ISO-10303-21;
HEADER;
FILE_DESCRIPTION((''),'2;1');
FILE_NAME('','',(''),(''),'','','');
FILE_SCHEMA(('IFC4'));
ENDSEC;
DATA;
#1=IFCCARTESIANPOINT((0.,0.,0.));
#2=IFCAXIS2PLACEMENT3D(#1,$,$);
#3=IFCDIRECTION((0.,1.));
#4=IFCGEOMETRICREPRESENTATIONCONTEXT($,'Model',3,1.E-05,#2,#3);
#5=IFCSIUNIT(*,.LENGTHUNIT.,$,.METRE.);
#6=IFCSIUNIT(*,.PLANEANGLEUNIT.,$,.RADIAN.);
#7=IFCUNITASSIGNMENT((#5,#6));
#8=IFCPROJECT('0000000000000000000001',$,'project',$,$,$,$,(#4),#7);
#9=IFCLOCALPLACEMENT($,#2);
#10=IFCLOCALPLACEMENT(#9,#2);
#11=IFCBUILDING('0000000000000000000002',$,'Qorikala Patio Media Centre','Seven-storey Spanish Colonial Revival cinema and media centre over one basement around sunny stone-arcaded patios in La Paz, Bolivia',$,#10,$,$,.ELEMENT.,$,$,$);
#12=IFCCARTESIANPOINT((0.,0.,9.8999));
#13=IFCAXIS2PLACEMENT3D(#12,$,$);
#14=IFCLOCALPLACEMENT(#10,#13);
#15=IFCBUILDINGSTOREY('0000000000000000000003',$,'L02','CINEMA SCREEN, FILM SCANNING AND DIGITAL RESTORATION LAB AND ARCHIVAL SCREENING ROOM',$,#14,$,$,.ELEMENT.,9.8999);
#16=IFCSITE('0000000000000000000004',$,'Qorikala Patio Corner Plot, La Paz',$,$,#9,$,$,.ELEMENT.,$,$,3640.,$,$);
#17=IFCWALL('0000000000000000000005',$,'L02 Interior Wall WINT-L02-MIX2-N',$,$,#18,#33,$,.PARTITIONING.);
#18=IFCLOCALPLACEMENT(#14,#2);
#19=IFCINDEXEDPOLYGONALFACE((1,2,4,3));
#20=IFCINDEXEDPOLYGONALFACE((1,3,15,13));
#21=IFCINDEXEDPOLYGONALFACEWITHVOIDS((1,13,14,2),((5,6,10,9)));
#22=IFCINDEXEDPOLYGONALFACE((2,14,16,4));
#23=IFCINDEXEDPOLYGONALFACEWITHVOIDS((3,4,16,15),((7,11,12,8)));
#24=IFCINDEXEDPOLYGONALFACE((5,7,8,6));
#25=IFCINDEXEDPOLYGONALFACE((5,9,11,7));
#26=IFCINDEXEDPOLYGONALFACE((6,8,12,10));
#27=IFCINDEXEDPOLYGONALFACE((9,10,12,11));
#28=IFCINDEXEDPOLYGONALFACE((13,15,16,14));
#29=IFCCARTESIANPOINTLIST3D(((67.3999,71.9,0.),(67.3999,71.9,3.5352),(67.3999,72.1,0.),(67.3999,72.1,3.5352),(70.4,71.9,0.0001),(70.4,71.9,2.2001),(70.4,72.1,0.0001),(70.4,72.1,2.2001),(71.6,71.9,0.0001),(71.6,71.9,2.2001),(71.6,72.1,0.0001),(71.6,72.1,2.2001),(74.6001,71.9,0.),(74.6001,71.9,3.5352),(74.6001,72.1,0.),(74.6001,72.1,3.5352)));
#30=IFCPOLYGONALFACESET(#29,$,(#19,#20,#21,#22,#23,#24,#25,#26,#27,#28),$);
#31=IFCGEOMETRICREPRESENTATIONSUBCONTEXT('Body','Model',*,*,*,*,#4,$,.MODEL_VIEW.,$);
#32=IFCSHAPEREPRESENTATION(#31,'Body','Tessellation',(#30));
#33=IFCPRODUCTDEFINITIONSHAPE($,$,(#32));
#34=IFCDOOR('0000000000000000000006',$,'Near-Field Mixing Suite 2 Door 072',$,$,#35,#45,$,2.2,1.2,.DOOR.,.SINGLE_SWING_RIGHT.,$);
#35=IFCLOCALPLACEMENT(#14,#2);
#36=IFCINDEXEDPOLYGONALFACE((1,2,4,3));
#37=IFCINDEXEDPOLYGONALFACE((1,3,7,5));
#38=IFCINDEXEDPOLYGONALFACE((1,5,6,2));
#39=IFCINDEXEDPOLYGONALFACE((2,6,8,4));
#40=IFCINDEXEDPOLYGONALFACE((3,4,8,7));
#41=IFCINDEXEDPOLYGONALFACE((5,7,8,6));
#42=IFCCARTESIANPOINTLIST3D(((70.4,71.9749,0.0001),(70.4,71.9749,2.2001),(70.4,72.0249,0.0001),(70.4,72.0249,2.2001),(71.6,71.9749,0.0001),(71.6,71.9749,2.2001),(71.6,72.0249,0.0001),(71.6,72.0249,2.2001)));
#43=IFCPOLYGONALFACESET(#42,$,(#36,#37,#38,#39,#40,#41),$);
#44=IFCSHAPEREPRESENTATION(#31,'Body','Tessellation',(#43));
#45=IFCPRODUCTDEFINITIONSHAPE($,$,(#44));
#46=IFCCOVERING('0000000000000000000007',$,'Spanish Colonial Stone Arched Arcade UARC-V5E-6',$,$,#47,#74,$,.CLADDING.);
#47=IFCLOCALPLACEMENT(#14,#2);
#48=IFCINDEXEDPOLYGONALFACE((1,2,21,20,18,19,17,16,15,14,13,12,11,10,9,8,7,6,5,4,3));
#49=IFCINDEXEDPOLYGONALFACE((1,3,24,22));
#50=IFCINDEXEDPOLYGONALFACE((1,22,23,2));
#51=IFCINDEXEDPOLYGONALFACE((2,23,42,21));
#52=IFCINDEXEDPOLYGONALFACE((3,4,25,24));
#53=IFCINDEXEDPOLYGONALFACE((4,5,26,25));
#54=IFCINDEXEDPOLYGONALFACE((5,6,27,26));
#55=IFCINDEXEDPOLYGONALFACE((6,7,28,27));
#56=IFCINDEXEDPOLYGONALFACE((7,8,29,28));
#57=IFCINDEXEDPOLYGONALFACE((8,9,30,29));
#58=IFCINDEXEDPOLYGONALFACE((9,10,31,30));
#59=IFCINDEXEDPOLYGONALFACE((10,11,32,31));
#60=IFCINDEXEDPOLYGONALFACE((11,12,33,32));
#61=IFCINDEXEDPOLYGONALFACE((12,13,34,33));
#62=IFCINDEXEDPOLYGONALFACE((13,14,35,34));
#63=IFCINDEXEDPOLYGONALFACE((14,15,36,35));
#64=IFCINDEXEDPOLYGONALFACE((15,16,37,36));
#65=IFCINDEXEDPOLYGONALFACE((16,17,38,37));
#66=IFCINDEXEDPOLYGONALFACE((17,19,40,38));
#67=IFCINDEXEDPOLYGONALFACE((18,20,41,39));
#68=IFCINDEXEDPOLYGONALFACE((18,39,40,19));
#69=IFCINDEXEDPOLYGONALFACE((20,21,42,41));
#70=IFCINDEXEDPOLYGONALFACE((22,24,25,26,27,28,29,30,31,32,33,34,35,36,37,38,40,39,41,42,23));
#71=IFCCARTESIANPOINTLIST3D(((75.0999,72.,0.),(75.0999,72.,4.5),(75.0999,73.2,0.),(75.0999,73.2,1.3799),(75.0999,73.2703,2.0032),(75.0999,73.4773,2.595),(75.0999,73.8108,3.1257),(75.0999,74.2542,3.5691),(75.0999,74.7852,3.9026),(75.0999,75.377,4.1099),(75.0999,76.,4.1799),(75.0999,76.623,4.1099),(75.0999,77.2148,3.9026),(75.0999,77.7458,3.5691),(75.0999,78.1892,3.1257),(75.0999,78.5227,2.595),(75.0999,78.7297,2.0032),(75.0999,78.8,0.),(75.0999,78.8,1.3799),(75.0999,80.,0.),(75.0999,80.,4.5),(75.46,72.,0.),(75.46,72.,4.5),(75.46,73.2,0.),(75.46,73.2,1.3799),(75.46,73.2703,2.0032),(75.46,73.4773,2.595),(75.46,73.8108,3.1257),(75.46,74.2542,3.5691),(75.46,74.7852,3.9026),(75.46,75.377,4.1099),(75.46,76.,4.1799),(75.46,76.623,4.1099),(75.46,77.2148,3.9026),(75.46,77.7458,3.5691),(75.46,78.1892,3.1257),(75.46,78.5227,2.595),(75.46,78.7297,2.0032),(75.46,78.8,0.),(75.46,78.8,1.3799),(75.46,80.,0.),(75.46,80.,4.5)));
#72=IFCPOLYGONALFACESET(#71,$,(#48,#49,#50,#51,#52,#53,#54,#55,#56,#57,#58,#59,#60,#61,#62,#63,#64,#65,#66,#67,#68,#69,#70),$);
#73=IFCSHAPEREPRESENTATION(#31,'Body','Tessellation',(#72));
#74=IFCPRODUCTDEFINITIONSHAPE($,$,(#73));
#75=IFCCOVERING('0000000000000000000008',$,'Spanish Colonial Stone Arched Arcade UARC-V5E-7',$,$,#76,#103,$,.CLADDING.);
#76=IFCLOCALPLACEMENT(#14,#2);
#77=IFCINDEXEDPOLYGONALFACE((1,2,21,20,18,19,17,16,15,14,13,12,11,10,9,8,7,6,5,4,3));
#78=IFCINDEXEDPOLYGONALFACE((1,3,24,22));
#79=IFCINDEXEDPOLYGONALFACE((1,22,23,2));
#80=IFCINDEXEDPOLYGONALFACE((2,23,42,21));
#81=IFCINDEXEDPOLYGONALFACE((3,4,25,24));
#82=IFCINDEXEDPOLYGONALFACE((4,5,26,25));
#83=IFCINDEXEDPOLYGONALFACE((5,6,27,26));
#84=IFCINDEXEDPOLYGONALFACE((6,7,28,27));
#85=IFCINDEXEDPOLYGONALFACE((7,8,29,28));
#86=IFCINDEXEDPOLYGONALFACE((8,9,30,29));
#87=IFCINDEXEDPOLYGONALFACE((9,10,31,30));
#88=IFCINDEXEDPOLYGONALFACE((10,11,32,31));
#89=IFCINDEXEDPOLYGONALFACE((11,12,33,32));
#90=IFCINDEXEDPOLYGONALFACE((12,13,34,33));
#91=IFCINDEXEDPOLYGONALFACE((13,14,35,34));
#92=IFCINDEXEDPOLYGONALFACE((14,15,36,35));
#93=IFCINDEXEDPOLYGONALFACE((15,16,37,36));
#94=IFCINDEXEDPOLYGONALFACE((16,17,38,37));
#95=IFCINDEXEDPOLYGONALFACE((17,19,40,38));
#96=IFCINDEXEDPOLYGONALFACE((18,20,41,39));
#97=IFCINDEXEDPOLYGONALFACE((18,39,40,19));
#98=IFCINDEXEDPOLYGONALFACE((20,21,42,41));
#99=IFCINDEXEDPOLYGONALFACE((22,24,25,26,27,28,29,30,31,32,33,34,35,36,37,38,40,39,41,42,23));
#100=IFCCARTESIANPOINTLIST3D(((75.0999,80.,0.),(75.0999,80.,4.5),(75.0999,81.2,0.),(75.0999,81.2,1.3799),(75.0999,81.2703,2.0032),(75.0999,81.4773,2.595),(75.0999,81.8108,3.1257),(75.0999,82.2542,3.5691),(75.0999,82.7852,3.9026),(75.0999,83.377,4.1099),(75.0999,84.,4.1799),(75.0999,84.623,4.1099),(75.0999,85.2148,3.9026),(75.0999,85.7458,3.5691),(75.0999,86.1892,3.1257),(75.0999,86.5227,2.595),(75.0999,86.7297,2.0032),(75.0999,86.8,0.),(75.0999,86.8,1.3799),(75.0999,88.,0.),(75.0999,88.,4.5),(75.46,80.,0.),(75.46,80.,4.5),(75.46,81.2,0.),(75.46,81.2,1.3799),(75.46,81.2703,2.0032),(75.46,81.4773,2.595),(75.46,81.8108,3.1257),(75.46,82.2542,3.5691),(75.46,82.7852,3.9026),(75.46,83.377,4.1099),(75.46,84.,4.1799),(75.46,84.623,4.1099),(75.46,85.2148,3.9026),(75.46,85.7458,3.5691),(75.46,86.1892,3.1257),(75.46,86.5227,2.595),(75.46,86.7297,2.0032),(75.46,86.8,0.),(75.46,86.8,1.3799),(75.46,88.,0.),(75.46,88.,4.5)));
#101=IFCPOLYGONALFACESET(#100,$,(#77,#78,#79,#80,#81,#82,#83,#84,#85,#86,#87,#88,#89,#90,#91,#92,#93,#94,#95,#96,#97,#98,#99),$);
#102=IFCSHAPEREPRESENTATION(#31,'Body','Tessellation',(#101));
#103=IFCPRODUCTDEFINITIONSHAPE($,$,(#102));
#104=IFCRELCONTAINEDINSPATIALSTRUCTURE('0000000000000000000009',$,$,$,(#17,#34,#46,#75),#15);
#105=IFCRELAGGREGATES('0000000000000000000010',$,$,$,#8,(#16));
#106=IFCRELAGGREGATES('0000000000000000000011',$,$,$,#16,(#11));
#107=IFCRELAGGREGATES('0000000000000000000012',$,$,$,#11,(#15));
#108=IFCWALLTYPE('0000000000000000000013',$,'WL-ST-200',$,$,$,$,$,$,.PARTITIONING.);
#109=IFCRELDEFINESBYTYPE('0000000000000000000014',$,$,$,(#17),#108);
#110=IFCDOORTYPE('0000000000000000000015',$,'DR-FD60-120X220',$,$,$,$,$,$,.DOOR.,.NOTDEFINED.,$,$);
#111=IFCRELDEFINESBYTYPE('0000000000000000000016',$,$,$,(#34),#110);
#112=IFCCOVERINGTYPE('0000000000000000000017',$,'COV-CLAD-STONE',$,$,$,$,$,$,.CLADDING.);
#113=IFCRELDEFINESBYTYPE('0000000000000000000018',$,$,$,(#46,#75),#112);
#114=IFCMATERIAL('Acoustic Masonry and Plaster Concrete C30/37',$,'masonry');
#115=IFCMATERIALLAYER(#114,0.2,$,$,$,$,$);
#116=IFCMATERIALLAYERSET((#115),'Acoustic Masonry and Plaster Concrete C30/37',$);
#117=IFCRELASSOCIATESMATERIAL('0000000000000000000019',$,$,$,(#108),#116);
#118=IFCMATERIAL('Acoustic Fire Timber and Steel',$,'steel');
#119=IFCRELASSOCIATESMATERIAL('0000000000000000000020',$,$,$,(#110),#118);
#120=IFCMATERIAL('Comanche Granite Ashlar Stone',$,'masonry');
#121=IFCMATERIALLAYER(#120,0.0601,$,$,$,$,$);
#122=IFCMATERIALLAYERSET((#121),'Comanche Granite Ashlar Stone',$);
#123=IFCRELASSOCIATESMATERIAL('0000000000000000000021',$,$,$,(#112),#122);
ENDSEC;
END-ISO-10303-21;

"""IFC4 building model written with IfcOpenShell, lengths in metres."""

from ifc_helpers import new_model, si_unit, direction, frame, frame_2d, origin, place, context, subcontext, project, spatial, polyline, rectangle, outline, extrude, material, layer, layer_set, type_object, element, fill, save


model = new_model("IFC4")

# Units and contexts
model_context = context("Model", 3, precision=1e-05, world=origin(), true_north=direction((0.0, 1.0)))
body_context = subcontext(model_context, "Body", "Model", "MODEL_VIEW")
ifc_project = project(units=[si_unit("LENGTHUNIT", "METRE"), si_unit("PLANEANGLEUNIT", "RADIAN")], contexts=[model_context])

# Site, building, storey
site_placement = place(None, origin())
site = spatial("IfcSite", under=ifc_project, at=site_placement, Name="Qorikala Patio Corner Plot, La Paz", CompositionType="ELEMENT", RefElevation=3640.0)
building_placement = place(site_placement, origin())
building = spatial("IfcBuilding", under=site, at=building_placement, Name="Qorikala Patio Media Centre", Description="Seven-storey Spanish Colonial Revival cinema and media centre over one basement around sunny stone-arcaded patios in La Paz, Bolivia", CompositionType="ELEMENT")
storey_placement = place(building_placement, frame((0.0, 0.0, 9.8999)))
storey = spatial("IfcBuildingStorey", under=building, at=storey_placement, Name="L02", Description="CINEMA SCREEN, FILM SCANNING AND DIGITAL RESTORATION LAB AND ARCHIVAL SCREENING ROOM", CompositionType="ELEMENT", Elevation=9.8999)

# Wall, opening, door
ifc_material_1 = material(Name="Acoustic Masonry and Plaster Concrete C30/37", Category="masonry")
ifc_layer_1 = layer(ifc_material_1, 0.2)
ifc_layer_set_1 = layer_set([ifc_layer_1], Name="Acoustic Masonry and Plaster Concrete C30/37")
wall_type_1 = type_object("IfcWallType", Name="WL-ST-200", PredefinedType="PARTITIONING", material=ifc_layer_set_1)
wall_1_placement = place(storey_placement, frame((67.3999, 72.0, 0.0), z_axis=(0.0, 0.0, 1.0), x_axis=(1.0, 0.0, 0.0)))
wall_1 = element("IfcWall", 1, at=wall_1_placement, inside=storey, type_object=wall_type_1, Name="L02 Interior Wall WINT-L02-MIX2-N", PredefinedType="PARTITIONING", context=body_context, shape_type="SweptSolid", body=[
    extrude(rectangle(XDim=7.2002, YDim=0.2, at=frame_2d((3.6001, 0.0))), origin(), (0.0, 0.0, 1.0), 3.5352),
])
opening_1_placement = place(wall_1_placement, frame((3.0, 0.0, 0.0)))
opening_1 = element("IfcOpeningElement", 2, at=opening_1_placement, cuts=wall_1, PredefinedType="OPENING", context=body_context, shape_type="SweptSolid", body=[
    extrude(rectangle(XDim=1.2, YDim=2.2, at=frame_2d((0.6001, 1.1001))), frame((0.0, 0.1099, 0.0), z_axis=(0.0, -1.0, 0.0), x_axis=(1.0, 0.0, 0.0)), (0.0, 0.0, 1.0), 0.22),
])
ifc_material_2 = material(Name="Acoustic Fire Timber and Steel", Category="steel")
door_type_1 = type_object("IfcDoorType", Name="DR-FD60-120X220", OperationType="NOTDEFINED", PredefinedType="DOOR", material=ifc_material_2)
door_1_placement = place(opening_1_placement, origin())
door_1 = element("IfcDoor", 3, at=door_1_placement, inside=storey, type_object=door_type_1, Name="Near-Field Mixing Suite 2 Door 072", OperationType="SINGLE_SWING_RIGHT", OverallHeight=2.2, OverallWidth=1.2, PredefinedType="DOOR", context=body_context, shape_type="SweptSolid", body=[
    extrude(rectangle(XDim=1.2, YDim=2.2, at=frame_2d((0.6001, 1.1001))), frame((0.0, 0.0249, 0.0), z_axis=(0.0, -1.0, 0.0), x_axis=(1.0, 0.0, 0.0)), (0.0, 0.0, 1.0), 0.05),
])
fill(opening_1, door_1)

# Coverings
ifc_material_3 = material(Name="Comanche Granite Ashlar Stone", Category="masonry")
ifc_layer_2 = layer(ifc_material_3, 0.0601)
ifc_layer_set_2 = layer_set([ifc_layer_2], Name="Comanche Granite Ashlar Stone")
covering_type = type_object("IfcCoveringType", Name="COV-CLAD-STONE", PredefinedType="CLADDING", material=ifc_layer_set_2)
for number, where, z_axis, x_axis, name in (
    (4, (75.28, 72.0, 0.0), (0.0, 0.0, 1.0), (0.0, 1.0, 0.0), "Spanish Colonial Stone Arched Arcade UARC-V5E-6"),
    (5, (75.28, 80.0, 0.0), (0.0, 0.0, 1.0), (0.0, 1.0, 0.0), "Spanish Colonial Stone Arched Arcade UARC-V5E-7"),
):
    element("IfcCovering", number, at=place(storey_placement, frame(where, z_axis=z_axis, x_axis=x_axis)), inside=storey, type_object=covering_type, Name=name, PredefinedType="CLADDING", context=body_context, shape_type="SweptSolid", body=[
        extrude(outline(polyline([(0.0, 0.0), (1.2, 0.0), (1.2, 1.3799), (1.2703, 2.0032), (1.4773, 2.595), (1.8108, 3.1257), (2.2542, 3.5691), (2.7852, 3.9026), (3.377, 4.1099), (4.0, 4.1799), (4.623, 4.1099), (5.2148, 3.9026), (5.7458, 3.5691), (6.1892, 3.1257), (6.5227, 2.595), (6.7297, 2.0032), (6.8, 1.3799), (6.8, 0.0), (8.0, 0.0), (8.0, 4.5), (0.0, 4.5), (0.0, 0.0)])), frame((0.0, 0.1802, 0.0), z_axis=(0.0, -1.0, 0.0), x_axis=(1.0, 0.0, 0.0)), (0.0, 0.0, 1.0), 0.3601),
    ])

save(model, "model.ifc")
